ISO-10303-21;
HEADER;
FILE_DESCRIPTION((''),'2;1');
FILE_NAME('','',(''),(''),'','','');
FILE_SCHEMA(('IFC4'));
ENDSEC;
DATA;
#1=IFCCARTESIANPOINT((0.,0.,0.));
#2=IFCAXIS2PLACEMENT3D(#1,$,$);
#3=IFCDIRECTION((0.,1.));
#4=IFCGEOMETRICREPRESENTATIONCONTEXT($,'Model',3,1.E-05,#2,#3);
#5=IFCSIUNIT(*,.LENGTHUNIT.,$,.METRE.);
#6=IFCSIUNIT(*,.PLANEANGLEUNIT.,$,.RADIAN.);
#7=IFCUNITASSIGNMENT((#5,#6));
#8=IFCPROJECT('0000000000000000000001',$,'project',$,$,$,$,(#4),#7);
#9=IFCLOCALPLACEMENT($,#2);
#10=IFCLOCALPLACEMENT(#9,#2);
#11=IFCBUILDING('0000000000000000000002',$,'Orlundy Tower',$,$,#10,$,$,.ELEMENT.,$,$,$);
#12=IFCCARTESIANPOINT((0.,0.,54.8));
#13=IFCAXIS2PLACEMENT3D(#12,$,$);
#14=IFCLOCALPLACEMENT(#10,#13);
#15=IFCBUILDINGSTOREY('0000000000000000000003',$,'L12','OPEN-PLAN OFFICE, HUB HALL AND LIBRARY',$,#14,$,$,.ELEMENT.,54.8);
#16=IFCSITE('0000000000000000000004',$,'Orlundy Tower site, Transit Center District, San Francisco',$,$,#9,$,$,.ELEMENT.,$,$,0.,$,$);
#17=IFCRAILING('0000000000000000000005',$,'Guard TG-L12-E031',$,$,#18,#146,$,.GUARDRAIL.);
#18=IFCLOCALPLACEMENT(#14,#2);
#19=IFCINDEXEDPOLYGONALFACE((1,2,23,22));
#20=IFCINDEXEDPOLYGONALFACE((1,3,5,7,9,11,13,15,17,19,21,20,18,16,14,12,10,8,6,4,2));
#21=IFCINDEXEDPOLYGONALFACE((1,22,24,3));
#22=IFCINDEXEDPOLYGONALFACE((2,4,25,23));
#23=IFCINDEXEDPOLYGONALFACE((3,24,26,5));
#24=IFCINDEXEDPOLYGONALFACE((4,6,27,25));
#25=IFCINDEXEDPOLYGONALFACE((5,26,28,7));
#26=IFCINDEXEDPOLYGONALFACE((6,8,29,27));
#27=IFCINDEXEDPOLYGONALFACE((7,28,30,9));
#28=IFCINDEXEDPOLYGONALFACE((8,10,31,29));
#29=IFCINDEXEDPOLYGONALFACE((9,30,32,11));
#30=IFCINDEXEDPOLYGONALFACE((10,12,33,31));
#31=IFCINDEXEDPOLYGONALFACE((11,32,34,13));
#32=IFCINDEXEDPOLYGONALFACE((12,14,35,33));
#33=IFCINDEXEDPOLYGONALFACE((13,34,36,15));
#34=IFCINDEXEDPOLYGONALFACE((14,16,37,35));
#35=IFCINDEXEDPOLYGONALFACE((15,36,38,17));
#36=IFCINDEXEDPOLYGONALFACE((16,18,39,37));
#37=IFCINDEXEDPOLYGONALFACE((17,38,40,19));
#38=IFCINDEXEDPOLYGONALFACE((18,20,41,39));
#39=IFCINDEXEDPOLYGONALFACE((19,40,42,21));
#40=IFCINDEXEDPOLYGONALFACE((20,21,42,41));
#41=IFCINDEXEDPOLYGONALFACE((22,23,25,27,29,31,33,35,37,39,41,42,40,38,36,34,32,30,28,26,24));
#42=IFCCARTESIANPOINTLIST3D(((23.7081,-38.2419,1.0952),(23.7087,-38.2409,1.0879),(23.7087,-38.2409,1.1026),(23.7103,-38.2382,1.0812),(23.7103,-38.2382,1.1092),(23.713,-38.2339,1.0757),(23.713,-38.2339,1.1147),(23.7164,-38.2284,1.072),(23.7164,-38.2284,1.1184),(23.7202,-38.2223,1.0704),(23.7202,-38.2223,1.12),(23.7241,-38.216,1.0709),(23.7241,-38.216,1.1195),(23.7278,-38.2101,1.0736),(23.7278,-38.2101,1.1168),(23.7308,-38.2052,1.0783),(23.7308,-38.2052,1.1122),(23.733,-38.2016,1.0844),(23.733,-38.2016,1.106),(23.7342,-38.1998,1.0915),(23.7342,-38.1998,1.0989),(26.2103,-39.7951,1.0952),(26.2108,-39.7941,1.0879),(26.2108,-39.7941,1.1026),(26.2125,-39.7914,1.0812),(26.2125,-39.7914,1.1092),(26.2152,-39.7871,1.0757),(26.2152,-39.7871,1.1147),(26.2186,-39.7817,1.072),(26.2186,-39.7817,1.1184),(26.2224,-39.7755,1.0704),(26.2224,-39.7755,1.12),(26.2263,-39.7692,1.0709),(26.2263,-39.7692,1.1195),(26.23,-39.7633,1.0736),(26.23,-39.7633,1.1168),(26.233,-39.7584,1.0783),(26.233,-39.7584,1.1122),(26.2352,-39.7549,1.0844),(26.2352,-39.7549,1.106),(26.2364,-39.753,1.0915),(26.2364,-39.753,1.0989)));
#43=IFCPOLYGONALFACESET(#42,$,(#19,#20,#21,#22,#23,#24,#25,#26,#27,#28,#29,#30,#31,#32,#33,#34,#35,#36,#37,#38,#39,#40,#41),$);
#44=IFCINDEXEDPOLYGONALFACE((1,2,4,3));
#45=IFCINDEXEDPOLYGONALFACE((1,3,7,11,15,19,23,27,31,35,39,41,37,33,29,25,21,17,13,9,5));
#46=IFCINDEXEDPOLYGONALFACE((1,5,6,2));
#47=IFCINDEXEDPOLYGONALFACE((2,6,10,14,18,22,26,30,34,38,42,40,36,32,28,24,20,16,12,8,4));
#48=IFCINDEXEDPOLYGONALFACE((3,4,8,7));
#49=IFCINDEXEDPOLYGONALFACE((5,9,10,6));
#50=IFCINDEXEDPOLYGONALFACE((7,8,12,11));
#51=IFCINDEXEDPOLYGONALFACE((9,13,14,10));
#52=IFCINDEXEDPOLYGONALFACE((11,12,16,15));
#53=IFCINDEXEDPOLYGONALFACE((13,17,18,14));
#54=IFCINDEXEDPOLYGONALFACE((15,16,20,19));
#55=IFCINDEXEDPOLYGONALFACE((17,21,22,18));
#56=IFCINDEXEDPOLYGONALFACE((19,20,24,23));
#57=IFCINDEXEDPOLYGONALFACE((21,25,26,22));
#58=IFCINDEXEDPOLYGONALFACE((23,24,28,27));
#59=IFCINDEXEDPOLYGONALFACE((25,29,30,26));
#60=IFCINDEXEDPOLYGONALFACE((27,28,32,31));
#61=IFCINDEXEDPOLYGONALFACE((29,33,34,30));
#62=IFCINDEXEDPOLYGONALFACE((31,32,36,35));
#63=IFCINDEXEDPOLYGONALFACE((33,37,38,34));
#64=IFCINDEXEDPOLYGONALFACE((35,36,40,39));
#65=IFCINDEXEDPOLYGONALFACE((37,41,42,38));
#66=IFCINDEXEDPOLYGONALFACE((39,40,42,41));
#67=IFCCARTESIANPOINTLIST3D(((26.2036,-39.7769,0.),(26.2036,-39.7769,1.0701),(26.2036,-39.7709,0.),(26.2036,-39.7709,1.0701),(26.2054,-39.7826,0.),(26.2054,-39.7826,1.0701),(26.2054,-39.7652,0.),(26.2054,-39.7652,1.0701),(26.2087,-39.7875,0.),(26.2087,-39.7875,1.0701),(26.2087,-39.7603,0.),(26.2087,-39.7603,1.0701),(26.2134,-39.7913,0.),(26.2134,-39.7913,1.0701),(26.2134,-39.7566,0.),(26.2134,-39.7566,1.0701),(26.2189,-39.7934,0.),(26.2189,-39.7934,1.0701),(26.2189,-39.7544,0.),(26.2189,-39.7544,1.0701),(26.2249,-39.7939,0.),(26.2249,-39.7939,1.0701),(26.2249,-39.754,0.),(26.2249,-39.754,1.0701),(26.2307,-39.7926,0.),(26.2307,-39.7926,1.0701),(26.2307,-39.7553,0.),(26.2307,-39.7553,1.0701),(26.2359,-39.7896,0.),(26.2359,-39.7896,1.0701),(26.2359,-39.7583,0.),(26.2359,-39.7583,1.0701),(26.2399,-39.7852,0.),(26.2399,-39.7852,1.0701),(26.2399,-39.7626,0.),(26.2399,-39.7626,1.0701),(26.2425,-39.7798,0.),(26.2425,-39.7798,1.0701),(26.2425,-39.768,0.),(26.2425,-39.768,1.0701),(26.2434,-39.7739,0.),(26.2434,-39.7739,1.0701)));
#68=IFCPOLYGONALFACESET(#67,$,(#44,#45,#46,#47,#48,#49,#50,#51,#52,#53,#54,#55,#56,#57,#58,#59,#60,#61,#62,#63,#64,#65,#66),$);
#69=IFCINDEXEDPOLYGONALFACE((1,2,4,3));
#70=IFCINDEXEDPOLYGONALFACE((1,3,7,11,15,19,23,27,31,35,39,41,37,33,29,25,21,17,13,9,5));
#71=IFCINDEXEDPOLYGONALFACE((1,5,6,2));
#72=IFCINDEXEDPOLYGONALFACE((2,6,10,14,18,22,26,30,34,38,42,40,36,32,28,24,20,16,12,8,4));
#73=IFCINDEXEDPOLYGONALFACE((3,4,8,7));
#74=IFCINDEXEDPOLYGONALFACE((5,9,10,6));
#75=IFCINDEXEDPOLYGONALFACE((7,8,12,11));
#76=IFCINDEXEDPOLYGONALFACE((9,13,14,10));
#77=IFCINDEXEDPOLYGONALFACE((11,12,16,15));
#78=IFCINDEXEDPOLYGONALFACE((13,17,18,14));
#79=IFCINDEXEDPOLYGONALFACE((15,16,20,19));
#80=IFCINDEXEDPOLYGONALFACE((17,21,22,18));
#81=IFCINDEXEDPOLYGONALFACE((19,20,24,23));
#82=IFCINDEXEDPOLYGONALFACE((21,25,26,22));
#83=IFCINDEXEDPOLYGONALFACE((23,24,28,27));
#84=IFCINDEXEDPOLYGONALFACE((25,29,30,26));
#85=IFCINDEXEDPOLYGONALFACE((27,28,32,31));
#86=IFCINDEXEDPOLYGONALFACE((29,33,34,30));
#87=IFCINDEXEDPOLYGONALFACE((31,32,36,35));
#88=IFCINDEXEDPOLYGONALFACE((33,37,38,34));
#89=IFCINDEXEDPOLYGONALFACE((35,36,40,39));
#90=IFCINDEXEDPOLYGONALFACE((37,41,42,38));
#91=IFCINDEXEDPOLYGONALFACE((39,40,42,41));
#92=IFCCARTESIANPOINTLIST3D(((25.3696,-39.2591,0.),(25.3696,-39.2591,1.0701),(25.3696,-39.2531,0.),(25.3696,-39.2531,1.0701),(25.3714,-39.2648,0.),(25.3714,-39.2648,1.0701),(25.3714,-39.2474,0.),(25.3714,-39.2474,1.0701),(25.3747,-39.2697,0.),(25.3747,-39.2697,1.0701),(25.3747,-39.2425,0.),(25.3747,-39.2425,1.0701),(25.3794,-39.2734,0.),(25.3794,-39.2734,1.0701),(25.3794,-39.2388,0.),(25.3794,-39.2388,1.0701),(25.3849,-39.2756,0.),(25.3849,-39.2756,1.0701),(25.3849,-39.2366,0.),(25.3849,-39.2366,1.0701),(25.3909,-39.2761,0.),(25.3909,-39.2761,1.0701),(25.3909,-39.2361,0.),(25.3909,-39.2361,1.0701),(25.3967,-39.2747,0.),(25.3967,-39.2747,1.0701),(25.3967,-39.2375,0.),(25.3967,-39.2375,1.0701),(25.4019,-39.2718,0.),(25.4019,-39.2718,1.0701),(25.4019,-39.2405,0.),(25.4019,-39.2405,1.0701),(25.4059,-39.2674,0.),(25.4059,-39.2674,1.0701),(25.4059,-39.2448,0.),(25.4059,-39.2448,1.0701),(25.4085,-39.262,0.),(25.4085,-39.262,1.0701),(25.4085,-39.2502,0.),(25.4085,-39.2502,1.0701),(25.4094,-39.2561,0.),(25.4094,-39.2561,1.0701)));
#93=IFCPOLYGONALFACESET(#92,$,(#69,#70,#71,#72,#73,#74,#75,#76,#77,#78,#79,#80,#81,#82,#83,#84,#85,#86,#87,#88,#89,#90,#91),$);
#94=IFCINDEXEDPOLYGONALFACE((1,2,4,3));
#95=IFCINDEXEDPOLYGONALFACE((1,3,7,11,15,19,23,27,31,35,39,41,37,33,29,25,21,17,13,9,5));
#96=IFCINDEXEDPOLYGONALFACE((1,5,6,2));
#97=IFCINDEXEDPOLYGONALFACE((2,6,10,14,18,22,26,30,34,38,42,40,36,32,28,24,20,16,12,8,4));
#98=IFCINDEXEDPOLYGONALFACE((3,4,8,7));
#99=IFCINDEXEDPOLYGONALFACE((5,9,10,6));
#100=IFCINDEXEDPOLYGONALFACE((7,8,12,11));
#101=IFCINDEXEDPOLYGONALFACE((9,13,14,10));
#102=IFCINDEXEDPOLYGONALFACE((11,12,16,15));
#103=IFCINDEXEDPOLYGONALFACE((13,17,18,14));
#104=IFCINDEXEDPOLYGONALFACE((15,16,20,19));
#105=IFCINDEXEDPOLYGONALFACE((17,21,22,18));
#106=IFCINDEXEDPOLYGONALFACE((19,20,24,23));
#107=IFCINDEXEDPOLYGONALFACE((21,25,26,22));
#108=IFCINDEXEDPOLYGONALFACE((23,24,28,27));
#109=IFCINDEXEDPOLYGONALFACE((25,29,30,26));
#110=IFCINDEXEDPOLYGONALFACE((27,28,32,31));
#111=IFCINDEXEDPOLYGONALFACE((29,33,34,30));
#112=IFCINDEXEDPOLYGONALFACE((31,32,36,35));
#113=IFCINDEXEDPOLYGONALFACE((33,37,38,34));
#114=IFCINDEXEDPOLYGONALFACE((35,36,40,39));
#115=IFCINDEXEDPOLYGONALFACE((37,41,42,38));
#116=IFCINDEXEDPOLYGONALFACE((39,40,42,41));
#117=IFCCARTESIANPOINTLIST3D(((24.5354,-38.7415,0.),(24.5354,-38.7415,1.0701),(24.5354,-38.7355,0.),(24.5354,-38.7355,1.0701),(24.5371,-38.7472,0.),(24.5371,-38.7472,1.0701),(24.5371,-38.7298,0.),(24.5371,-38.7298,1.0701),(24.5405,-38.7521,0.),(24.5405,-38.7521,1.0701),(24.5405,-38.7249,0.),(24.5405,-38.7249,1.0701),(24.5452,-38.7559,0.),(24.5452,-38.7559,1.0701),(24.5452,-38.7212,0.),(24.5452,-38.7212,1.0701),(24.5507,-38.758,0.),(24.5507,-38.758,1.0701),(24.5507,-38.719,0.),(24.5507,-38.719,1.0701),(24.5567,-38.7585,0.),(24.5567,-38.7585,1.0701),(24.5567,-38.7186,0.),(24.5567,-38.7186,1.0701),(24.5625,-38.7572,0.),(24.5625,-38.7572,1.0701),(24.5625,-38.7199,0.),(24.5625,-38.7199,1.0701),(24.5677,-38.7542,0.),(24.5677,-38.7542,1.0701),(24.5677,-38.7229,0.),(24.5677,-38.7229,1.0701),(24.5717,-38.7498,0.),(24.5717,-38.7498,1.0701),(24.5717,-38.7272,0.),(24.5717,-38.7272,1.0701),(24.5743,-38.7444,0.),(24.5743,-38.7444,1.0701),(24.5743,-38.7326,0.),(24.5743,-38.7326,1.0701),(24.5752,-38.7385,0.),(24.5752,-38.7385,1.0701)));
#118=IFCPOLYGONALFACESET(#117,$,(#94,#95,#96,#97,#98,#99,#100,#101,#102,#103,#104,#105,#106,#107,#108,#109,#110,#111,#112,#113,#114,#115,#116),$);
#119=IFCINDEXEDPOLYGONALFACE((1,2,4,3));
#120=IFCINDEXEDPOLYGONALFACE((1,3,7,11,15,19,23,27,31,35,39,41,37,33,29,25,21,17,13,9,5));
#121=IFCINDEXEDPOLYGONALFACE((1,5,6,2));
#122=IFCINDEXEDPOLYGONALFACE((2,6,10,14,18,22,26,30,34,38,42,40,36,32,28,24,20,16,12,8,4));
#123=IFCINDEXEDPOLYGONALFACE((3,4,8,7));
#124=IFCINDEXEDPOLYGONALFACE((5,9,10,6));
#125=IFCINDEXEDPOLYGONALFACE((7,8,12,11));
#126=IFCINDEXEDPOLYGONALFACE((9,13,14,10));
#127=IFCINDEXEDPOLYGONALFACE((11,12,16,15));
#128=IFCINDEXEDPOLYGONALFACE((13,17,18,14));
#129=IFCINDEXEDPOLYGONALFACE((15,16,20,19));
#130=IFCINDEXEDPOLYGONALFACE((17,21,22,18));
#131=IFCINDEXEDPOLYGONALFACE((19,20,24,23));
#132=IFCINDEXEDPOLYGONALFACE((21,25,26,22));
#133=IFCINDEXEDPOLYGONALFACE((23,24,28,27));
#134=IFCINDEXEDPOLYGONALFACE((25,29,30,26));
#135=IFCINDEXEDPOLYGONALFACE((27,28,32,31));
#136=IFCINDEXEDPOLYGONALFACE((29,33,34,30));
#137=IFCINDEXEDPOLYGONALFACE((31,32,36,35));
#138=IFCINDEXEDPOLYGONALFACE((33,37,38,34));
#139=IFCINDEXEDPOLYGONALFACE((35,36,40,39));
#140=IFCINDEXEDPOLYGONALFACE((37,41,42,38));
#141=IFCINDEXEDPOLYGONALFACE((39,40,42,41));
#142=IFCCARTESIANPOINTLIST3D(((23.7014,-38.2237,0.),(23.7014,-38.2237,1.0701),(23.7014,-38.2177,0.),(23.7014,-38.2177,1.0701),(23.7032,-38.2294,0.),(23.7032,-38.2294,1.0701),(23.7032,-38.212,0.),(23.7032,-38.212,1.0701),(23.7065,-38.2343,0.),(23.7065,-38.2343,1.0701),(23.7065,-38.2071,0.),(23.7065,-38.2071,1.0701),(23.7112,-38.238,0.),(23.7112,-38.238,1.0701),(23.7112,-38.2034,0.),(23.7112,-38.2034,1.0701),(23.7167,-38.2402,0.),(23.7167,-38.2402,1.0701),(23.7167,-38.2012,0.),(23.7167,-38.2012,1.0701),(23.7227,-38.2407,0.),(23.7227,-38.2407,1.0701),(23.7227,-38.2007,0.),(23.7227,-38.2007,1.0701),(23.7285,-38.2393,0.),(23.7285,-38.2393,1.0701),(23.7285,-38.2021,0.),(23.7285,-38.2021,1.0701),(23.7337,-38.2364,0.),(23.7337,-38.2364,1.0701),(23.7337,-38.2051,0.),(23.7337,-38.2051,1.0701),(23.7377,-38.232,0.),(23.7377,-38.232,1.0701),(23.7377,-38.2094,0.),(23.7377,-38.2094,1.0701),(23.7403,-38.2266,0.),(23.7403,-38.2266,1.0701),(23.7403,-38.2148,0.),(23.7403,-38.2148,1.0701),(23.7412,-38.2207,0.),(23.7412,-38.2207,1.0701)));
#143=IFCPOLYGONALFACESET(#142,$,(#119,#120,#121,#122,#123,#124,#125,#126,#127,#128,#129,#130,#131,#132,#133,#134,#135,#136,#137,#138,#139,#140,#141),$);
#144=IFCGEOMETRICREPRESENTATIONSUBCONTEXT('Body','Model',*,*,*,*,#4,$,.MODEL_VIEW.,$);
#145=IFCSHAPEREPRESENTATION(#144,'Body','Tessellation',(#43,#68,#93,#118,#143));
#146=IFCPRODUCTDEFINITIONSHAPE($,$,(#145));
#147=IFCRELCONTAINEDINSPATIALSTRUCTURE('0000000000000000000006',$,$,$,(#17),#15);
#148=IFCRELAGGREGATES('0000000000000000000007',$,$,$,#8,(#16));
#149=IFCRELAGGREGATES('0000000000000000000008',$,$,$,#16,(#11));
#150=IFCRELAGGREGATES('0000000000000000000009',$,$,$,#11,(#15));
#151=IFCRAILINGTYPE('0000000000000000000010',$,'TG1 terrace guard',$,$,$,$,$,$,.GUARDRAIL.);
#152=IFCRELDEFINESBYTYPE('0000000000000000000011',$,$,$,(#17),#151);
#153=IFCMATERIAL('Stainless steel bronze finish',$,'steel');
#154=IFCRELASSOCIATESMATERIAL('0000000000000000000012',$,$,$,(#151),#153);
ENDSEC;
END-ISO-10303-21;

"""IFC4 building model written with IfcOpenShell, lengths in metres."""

from ifc_helpers import new_model, si_unit, direction, frame, origin, origin_2d, place, context, subcontext, project, spatial, circle, extrude, material, type_object, element, save


model = new_model("IFC4")

# Units and contexts
model_context = context("Model", 3, precision=1e-05, world=origin(), true_north=direction((0.0, 1.0)))
body_context = subcontext(model_context, "Body", "Model", "MODEL_VIEW")
ifc_project = project(units=[si_unit("LENGTHUNIT", "METRE"), si_unit("PLANEANGLEUNIT", "RADIAN")], contexts=[model_context])

# Site, building, storey
site_placement = place(None, origin())
site = spatial("IfcSite", under=ifc_project, at=site_placement, Name="Orlundy Tower site, Transit Center District, San Francisco", CompositionType="ELEMENT", RefElevation=0.0)
building_placement = place(site_placement, origin())
building = spatial("IfcBuilding", under=site, at=building_placement, Name="Orlundy Tower", CompositionType="ELEMENT")
storey_placement = place(building_placement, frame((0.0, 0.0, 54.8)))
storey = spatial("IfcBuildingStorey", under=building, at=storey_placement, Name="L12", Description="OPEN-PLAN OFFICE, HUB HALL AND LIBRARY", CompositionType="ELEMENT", Elevation=54.8)

# Railing
ifc_material_1 = material(Name="Stainless steel bronze finish", Category="steel")
railing_type = type_object("IfcRailingType", Name="TG1 terrace guard", PredefinedType="GUARDRAIL", material=ifc_material_1)
railing_1_placement = place(storey_placement, frame((26.2234, -39.7739, 0.0)))
element("IfcRailing", 1, at=railing_1_placement, inside=storey, type_object=railing_type, Name="Guard TG-L12-E031", PredefinedType="GUARDRAIL", context=body_context, shape_type="SweptSolid", body=[
    extrude(circle(Radius=0.0249, at=origin_2d()), frame((0.0, 0.0, 1.0952), z_axis=(-0.84962, 0.527396, 0.0), x_axis=(-0.527396, -0.84962, 0.0)), (0.0, 0.0, 1.0), 2.9451),
    extrude(circle(Radius=0.02, at=origin_2d()), origin(), (0.0, 0.0, 1.0), 1.0701),
    extrude(circle(Radius=0.02, at=origin_2d()), frame((-0.834, 0.5178, 0.0)), (0.0, 0.0, 1.0), 1.0701),
    extrude(circle(Radius=0.02, at=origin_2d()), frame((-1.6682, 1.0354, 0.0)), (0.0, 0.0, 1.0), 1.0701),
    extrude(circle(Radius=0.02, at=origin_2d()), frame((-2.5022, 1.5532, 0.0)), (0.0, 0.0, 1.0), 1.0701),
])

save(model, "model.ifc")
